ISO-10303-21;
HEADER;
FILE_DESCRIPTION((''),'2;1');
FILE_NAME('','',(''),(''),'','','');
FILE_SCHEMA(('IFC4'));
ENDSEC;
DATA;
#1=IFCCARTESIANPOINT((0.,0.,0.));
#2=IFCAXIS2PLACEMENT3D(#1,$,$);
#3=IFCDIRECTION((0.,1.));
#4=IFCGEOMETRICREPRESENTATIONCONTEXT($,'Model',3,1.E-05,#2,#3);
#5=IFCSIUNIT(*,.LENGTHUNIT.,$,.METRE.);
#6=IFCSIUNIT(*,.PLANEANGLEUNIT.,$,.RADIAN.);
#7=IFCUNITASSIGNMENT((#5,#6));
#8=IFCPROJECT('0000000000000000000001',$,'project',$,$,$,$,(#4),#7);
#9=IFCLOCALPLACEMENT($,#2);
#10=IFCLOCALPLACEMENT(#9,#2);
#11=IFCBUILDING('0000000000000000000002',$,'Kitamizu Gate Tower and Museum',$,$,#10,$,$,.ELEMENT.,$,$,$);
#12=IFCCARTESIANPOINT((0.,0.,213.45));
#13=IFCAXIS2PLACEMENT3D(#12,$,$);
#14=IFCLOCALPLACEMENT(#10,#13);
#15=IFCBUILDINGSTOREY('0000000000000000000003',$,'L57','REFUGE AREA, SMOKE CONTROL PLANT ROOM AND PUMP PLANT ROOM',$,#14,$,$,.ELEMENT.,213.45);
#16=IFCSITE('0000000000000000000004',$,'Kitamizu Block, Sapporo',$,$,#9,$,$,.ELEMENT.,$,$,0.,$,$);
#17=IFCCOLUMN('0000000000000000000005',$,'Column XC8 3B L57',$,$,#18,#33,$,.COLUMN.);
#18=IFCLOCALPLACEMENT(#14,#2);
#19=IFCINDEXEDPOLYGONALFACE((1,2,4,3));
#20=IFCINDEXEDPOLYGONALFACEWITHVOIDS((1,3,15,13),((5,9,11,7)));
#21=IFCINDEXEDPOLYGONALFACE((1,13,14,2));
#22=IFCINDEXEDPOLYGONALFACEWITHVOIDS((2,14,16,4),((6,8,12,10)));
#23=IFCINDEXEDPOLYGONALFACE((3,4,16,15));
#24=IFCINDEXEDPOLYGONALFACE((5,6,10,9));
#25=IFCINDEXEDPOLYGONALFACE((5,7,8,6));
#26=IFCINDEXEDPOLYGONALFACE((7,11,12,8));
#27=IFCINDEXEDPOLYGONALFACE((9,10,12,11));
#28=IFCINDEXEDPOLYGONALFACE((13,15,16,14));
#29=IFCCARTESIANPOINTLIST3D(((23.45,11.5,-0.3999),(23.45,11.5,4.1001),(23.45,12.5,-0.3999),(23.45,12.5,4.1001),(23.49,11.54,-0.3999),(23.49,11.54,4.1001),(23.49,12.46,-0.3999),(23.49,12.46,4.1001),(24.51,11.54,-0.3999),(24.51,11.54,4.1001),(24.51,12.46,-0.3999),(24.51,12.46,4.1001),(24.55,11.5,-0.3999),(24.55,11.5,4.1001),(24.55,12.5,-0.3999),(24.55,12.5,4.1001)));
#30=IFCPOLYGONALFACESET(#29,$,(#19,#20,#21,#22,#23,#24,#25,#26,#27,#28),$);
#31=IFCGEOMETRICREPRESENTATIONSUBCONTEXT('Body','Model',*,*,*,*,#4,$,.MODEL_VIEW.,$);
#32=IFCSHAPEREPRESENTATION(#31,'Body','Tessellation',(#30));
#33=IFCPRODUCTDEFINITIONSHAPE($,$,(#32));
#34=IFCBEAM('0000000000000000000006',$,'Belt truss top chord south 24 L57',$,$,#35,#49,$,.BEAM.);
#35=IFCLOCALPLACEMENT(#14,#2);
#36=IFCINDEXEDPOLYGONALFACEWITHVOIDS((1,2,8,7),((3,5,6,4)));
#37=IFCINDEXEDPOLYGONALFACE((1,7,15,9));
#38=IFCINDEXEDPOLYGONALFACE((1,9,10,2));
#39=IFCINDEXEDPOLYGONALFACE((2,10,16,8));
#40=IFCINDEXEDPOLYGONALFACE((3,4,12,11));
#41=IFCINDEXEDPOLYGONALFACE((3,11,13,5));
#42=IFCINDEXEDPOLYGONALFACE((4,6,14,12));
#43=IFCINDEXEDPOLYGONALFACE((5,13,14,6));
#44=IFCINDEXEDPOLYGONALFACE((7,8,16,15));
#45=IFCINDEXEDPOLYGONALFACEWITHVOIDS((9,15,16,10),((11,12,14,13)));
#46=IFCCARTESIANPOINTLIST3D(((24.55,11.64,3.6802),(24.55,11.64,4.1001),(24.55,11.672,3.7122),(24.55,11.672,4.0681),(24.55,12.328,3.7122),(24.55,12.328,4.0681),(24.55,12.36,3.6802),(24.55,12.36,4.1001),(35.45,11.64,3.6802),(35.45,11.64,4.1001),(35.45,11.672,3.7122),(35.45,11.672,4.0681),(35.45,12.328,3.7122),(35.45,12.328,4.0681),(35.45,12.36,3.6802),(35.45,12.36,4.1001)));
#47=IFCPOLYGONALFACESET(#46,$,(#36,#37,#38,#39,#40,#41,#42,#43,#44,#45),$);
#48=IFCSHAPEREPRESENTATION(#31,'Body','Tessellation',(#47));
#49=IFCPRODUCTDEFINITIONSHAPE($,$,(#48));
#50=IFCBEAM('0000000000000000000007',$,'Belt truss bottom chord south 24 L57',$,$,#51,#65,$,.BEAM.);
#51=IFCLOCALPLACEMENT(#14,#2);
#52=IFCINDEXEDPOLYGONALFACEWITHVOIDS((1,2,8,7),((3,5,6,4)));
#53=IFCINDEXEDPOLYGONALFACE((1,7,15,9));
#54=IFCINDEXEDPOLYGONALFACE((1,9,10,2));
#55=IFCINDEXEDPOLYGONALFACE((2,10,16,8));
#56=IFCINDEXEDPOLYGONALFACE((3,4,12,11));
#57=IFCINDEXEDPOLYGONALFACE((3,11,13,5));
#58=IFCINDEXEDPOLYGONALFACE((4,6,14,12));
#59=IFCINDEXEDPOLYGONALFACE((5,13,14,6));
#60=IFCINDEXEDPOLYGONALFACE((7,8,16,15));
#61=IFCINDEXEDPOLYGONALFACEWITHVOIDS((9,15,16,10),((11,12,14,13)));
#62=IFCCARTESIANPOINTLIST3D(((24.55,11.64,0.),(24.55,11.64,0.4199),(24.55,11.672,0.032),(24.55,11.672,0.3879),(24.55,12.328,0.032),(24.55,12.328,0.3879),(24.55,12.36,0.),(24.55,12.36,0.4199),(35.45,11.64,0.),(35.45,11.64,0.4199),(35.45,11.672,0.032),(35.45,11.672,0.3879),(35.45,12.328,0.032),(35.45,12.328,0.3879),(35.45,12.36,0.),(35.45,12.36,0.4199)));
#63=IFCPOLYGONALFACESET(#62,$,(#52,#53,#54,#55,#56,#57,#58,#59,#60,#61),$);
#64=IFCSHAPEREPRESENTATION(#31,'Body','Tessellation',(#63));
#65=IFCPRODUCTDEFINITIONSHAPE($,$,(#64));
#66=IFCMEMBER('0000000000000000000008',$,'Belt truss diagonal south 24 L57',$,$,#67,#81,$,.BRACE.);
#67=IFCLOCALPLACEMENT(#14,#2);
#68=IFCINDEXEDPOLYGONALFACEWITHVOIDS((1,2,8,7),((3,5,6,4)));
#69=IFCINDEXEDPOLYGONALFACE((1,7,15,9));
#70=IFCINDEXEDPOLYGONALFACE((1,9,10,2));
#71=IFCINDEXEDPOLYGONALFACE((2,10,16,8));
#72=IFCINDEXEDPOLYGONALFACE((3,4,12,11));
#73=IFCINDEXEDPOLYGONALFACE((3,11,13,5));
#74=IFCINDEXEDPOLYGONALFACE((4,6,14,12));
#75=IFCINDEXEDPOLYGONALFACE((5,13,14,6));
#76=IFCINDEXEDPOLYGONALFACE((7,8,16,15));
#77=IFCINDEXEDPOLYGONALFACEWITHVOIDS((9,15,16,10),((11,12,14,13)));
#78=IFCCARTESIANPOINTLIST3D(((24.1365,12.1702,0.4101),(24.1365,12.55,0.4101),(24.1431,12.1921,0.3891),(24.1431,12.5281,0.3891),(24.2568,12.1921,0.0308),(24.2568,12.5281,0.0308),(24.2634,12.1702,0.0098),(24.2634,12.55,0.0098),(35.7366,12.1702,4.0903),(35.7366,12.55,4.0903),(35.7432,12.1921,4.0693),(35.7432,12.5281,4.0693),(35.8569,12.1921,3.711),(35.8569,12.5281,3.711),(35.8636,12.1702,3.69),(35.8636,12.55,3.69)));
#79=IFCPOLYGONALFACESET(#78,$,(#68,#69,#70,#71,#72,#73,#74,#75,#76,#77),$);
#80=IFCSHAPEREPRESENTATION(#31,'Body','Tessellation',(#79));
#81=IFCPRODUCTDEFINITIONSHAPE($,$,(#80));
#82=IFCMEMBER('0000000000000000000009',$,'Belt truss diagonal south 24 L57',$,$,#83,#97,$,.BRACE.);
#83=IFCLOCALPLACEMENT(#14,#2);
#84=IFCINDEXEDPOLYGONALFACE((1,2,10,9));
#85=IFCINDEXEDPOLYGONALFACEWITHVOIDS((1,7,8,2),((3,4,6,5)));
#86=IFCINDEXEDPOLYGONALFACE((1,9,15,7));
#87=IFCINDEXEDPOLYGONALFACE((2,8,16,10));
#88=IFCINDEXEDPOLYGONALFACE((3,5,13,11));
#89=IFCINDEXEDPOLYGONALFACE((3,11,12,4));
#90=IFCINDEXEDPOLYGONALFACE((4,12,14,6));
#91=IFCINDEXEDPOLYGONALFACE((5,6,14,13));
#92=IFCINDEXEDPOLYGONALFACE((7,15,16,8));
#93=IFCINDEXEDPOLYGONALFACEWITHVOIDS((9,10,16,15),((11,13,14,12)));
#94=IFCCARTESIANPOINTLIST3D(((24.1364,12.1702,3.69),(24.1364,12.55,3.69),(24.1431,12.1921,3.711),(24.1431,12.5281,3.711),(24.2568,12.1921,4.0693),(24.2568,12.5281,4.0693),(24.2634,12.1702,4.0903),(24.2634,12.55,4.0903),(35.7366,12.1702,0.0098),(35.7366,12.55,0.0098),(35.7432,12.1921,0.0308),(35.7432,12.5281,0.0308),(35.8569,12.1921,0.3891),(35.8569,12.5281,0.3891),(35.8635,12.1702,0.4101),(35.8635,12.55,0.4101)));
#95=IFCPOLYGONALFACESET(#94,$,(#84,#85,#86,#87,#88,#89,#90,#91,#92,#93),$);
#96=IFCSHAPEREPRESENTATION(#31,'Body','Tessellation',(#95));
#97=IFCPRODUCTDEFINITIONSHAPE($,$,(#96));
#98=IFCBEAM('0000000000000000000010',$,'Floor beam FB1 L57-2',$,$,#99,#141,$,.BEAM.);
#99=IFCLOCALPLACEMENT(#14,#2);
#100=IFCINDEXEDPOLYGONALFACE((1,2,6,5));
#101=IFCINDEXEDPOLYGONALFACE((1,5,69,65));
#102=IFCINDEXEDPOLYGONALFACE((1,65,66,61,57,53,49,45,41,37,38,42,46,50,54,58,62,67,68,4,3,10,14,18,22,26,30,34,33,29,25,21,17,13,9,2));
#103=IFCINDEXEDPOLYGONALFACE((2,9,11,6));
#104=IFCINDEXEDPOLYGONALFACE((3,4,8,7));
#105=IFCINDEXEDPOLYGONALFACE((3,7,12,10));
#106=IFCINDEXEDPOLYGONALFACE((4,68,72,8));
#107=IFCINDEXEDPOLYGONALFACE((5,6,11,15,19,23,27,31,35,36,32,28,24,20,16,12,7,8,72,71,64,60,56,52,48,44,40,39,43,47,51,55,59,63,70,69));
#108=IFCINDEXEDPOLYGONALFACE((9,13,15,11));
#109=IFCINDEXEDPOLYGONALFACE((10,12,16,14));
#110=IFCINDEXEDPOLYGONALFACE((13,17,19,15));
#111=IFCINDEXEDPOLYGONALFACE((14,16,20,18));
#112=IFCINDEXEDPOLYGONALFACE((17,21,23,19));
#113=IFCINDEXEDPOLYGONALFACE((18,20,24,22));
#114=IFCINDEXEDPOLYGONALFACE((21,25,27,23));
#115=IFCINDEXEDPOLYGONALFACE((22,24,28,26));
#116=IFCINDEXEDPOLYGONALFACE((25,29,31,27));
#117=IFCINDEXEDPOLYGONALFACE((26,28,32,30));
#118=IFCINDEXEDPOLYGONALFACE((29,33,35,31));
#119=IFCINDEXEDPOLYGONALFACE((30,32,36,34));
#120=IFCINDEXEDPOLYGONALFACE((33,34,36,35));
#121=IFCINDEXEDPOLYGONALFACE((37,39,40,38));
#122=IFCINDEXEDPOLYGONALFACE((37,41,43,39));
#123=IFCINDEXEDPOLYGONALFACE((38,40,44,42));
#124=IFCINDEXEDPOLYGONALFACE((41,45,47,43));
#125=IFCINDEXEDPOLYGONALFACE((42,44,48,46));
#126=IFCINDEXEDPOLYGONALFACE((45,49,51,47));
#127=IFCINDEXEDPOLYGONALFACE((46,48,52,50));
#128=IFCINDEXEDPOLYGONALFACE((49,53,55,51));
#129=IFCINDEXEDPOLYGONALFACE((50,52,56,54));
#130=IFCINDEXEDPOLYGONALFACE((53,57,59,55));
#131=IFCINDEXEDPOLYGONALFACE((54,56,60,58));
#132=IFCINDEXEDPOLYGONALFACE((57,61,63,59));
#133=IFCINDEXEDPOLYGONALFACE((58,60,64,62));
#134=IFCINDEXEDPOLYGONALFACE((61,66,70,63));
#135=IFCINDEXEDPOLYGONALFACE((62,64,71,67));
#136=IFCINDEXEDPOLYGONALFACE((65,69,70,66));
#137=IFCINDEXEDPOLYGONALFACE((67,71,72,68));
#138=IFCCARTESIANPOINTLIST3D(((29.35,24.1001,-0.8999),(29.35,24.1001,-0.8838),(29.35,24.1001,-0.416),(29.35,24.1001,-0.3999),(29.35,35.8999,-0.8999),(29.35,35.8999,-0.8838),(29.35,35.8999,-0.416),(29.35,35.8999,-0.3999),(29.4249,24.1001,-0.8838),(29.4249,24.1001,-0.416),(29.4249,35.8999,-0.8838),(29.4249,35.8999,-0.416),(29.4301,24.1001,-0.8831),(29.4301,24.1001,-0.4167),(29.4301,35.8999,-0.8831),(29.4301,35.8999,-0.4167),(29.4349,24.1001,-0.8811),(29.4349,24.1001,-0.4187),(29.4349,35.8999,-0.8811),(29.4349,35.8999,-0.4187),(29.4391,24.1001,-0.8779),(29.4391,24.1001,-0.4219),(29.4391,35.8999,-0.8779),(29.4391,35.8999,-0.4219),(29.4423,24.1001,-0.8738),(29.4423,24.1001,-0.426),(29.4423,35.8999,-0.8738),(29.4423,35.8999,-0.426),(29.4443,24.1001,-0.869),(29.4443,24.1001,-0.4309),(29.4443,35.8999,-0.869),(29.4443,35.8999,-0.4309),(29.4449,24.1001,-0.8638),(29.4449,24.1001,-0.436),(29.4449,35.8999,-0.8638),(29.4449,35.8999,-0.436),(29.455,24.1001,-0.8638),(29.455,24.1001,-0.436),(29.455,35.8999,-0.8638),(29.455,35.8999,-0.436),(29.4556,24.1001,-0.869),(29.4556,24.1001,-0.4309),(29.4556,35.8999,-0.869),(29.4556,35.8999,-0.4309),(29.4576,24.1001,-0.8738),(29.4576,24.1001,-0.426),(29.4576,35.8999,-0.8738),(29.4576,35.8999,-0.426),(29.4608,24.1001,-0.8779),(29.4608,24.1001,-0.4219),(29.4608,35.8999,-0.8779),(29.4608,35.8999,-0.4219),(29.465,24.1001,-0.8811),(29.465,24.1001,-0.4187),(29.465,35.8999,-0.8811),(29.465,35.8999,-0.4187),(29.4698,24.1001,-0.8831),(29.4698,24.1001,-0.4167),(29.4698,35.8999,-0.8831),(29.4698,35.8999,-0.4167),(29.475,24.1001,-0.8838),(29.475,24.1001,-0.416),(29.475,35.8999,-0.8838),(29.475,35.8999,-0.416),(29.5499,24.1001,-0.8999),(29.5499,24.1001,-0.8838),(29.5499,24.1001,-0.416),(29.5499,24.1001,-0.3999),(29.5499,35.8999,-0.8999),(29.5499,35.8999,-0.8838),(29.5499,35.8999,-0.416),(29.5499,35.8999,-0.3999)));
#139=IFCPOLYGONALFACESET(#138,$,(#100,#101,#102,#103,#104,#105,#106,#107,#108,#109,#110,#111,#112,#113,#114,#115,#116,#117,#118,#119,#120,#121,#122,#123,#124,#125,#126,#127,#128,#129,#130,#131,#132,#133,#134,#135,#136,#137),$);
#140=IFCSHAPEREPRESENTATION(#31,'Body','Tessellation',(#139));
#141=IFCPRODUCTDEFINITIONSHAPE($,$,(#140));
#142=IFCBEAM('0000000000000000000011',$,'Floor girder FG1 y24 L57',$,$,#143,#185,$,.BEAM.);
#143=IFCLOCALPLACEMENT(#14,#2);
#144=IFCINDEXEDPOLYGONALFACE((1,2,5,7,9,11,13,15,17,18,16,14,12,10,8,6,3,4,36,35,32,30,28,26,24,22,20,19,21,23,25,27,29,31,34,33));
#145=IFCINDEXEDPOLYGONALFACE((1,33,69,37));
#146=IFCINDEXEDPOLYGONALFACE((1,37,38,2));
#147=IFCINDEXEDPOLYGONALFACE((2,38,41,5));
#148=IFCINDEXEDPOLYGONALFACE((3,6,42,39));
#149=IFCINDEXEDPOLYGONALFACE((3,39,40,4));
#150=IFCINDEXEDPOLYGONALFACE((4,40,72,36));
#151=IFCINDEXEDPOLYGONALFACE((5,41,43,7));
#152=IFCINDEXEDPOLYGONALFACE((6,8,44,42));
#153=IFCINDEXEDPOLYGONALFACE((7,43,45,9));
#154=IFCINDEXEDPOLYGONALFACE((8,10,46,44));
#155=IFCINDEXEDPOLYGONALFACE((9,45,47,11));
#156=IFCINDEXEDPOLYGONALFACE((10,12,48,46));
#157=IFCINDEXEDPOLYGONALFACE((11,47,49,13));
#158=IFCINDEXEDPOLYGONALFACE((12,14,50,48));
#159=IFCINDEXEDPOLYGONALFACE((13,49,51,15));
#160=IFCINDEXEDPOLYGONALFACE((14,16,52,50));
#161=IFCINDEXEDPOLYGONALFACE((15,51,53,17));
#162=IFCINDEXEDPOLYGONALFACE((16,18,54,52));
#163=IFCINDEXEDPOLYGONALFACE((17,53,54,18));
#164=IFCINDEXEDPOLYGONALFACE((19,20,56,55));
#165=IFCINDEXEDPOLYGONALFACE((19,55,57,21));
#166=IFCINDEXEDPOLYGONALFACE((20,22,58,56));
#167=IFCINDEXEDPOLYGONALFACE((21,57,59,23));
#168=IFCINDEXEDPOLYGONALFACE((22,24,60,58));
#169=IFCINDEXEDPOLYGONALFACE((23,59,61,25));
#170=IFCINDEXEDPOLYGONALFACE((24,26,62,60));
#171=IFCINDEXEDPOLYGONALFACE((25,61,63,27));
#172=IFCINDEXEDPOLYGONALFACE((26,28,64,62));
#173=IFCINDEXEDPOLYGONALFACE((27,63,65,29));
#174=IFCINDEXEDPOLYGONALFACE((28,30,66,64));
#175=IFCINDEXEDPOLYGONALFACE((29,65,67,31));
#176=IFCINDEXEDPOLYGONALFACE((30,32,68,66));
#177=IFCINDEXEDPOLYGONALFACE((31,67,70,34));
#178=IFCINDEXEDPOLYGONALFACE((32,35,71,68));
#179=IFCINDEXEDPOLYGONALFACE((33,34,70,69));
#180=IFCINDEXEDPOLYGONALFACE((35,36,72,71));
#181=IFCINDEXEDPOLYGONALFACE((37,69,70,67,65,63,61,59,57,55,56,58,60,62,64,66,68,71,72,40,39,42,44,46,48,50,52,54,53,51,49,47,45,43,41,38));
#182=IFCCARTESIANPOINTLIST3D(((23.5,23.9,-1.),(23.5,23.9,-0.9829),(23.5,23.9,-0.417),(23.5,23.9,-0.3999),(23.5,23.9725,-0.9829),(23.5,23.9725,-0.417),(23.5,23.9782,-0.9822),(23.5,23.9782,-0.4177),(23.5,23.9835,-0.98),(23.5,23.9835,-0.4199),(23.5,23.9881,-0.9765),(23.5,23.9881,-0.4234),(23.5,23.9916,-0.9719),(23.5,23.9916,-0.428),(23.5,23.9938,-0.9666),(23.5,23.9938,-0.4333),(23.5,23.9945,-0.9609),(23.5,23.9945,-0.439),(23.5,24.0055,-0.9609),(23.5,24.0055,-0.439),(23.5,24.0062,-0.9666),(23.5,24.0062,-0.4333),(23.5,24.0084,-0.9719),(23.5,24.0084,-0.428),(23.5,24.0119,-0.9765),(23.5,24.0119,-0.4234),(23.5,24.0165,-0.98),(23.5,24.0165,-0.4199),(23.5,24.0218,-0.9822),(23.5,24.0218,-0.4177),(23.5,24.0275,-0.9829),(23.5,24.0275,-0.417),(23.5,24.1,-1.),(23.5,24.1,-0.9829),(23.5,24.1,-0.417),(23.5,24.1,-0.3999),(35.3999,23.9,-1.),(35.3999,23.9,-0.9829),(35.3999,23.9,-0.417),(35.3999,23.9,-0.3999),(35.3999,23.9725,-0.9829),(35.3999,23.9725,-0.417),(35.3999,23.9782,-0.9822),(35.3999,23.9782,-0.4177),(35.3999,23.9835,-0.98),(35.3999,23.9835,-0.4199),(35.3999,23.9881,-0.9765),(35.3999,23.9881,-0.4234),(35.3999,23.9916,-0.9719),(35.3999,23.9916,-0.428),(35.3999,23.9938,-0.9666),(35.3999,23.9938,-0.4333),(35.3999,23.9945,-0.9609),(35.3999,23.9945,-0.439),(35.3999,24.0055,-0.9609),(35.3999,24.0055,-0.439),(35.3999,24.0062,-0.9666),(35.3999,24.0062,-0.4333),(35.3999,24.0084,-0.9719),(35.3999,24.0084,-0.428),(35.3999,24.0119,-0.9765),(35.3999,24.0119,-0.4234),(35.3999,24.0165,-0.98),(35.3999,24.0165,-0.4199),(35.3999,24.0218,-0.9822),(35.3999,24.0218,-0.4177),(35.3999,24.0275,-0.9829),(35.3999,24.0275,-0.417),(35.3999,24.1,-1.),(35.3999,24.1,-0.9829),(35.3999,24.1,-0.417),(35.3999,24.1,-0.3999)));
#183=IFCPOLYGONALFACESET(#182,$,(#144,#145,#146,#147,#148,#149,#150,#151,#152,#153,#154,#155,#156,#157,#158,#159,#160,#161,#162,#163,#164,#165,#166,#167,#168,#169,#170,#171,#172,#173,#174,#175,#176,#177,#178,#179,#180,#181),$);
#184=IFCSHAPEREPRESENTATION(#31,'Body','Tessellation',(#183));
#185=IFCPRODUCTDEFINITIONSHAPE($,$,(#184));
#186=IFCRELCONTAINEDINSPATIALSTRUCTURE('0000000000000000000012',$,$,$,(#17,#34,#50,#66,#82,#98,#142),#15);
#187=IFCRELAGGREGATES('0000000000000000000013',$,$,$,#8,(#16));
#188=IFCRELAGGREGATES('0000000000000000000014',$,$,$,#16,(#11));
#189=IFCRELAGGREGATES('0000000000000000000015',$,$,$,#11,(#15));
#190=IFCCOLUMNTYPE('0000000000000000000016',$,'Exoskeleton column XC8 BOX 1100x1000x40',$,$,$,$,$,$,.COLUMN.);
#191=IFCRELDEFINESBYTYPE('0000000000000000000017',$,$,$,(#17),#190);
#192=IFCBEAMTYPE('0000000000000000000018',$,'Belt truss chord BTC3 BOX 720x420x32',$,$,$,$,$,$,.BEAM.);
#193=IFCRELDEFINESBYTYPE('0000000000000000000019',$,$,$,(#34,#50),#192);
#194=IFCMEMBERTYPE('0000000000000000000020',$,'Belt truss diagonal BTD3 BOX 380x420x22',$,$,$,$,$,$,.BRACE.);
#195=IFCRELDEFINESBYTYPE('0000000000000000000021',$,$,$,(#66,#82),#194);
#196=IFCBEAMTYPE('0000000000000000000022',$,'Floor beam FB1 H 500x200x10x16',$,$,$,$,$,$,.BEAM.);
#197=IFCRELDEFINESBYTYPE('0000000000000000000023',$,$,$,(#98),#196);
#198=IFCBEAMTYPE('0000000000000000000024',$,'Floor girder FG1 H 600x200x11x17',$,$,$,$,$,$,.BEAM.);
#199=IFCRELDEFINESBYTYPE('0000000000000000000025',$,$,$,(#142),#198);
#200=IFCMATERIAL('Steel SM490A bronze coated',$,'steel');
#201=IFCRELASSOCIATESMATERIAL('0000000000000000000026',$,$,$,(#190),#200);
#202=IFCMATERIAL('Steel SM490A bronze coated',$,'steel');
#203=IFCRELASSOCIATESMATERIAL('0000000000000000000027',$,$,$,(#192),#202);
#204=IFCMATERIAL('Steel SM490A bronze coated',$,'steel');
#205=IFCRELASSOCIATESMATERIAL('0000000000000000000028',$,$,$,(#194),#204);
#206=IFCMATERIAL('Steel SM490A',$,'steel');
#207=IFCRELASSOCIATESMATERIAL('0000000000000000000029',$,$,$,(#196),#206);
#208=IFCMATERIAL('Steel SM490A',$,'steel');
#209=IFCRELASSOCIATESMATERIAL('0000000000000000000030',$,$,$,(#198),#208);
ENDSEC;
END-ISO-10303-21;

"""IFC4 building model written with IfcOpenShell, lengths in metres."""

from ifc_helpers import new_model, si_unit, direction, frame, origin, origin_2d, place, context, subcontext, project, spatial, hollow_rectangle, i_section, extrude, material, material_profile, profile_set, type_object, element, save


model = new_model("IFC4")

# Units and contexts
model_context = context("Model", 3, precision=1e-05, world=origin(), true_north=direction((0.0, 1.0)))
body_context = subcontext(model_context, "Body", "Model", "MODEL_VIEW")
ifc_project = project(units=[si_unit("LENGTHUNIT", "METRE"), si_unit("PLANEANGLEUNIT", "RADIAN")], contexts=[model_context])

# Site, building, storey
site_placement = place(None, origin())
site = spatial("IfcSite", under=ifc_project, at=site_placement, Name="Kitamizu Block, Sapporo", CompositionType="ELEMENT", RefElevation=0.0)
building_placement = place(site_placement, origin())
building = spatial("IfcBuilding", under=site, at=building_placement, Name="Kitamizu Gate Tower and Museum", CompositionType="ELEMENT")
storey_placement = place(building_placement, frame((0.0, 0.0, 213.45)))
storey = spatial("IfcBuildingStorey", under=building, at=storey_placement, Name="L57", Description="REFUGE AREA, SMOKE CONTROL PLANT ROOM AND PUMP PLANT ROOM", CompositionType="ELEMENT", Elevation=213.45)

# Column
ifc_material_1 = material(Name="Steel SM490A bronze coated", Category="steel")
ifc_material_profile_1 = material_profile(ifc_material_1, hollow_rectangle(XDim=1.1001, YDim=1.0, WallThickness=0.04, at=origin_2d()), Name="BOX 1100x1000x40")
ifc_profile_set_1 = profile_set([ifc_material_profile_1], Name="Steel SM490A bronze coated")
column_type = type_object("IfcColumnType", Name="Exoskeleton column XC8 BOX 1100x1000x40", PredefinedType="COLUMN", material=ifc_profile_set_1)
column_placement = place(storey_placement, frame((24.0, 12.0, -0.3999), z_axis=(0.0, 0.0, 1.0), x_axis=(1.0, 0.0, 0.0)))
element("IfcColumn", 1, at=column_placement, inside=storey, type_object=column_type, Name="Column XC8 3B L57", PredefinedType="COLUMN", context=body_context, shape_type="SweptSolid", body=[
    extrude(hollow_rectangle(XDim=1.1001, YDim=1.0, WallThickness=0.04, at=origin_2d()), origin(), (0.0, 0.0, 1.0), 4.5),
])

# Beams
ifc_material_2 = material(Name="Steel SM490A bronze coated", Category="steel")
ifc_material_profile_2 = material_profile(ifc_material_2, hollow_rectangle(XDim=0.72, YDim=0.4199, WallThickness=0.032, at=origin_2d()), Name="BOX 720x420x32")
ifc_profile_set_2 = profile_set([ifc_material_profile_2], Name="Steel SM490A bronze coated")
beam_type_1 = type_object("IfcBeamType", Name="Belt truss chord BTC3 BOX 720x420x32", PredefinedType="BEAM", material=ifc_profile_set_2)
for number, where, z_axis, x_axis, name in (
    (2, (24.55, 12.0, 3.8901), (1.0, 0.0, 0.0), (0.0, 1.0, 0.0), "Belt truss top chord south 24 L57"),
    (3, (24.55, 12.0, 0.21), (1.0, 0.0, 0.0), (0.0, 1.0, 0.0), "Belt truss bottom chord south 24 L57"),
):
    element("IfcBeam", number, at=place(storey_placement, frame(where, z_axis=z_axis, x_axis=x_axis)), inside=storey, type_object=beam_type_1, Name=name, PredefinedType="BEAM", context=body_context, shape_type="SweptSolid", body=[
        extrude(hollow_rectangle(XDim=0.72, YDim=0.4199, WallThickness=0.032, at=origin_2d()), origin(), (0.0, 0.0, 1.0), 10.8999),
    ])

# Members
ifc_material_3 = material(Name="Steel SM490A bronze coated", Category="steel")
ifc_material_profile_3 = material_profile(ifc_material_3, hollow_rectangle(XDim=0.3799, YDim=0.4199, WallThickness=0.022, at=origin_2d()), Name="BOX 380x420x22")
ifc_profile_set_3 = profile_set([ifc_material_profile_3], Name="Steel SM490A bronze coated")
member_type = type_object("IfcMemberType", Name="Belt truss diagonal BTD3 BOX 380x420x22", PredefinedType="BRACE", material=ifc_profile_set_3)
for number, where, z_axis, x_axis, name in (
    (4, (24.2, 12.3601, 0.21), (0.953181, 0.0, 0.3024), (0.0, 1.0, 0.0), "Belt truss diagonal south 24 L57"),
    (5, (35.8, 12.3601, 0.21), (-0.953181, 0.0, 0.3024), (0.0, -1.0, 0.0), "Belt truss diagonal south 24 L57"),
):
    element("IfcMember", number, at=place(storey_placement, frame(where, z_axis=z_axis, x_axis=x_axis)), inside=storey, type_object=member_type, Name=name, PredefinedType="BRACE", context=body_context, shape_type="SweptSolid", body=[
        extrude(hollow_rectangle(XDim=0.3799, YDim=0.4199, WallThickness=0.022, at=origin_2d()), origin(), (0.0, 0.0, 1.0), 12.1699),
    ])

# Beams
ifc_material_4 = material(Name="Steel SM490A", Category="steel")
ifc_material_profile_4 = material_profile(ifc_material_4, i_section(OverallWidth=0.2, OverallDepth=0.5, WebThickness=0.01, FlangeThickness=0.0161, FilletRadius=0.02, at=origin_2d()), Name="H-500x200x10x16")
ifc_profile_set_4 = profile_set([ifc_material_profile_4], Name="Steel SM490A")
beam_type_2 = type_object("IfcBeamType", Name="Floor beam FB1 H 500x200x10x16", PredefinedType="BEAM", material=ifc_profile_set_4)
beam_1_placement = place(storey_placement, frame((29.45, 24.1001, -0.6499), z_axis=(0.0, 1.0, 0.0), x_axis=(-1.0, 0.0, 0.0)))
element("IfcBeam", 6, at=beam_1_placement, inside=storey, type_object=beam_type_2, Name="Floor beam FB1 L57-2", PredefinedType="BEAM", context=body_context, shape_type="SweptSolid", body=[
    extrude(i_section(OverallWidth=0.2, OverallDepth=0.5, WebThickness=0.01, FlangeThickness=0.0161, FilletRadius=0.02, at=origin_2d()), origin(), (0.0, 0.0, 1.0), 11.7998),
])
ifc_material_5 = material(Name="Steel SM490A", Category="steel")
ifc_material_profile_5 = material_profile(ifc_material_5, i_section(OverallWidth=0.2, OverallDepth=0.6001, WebThickness=0.011, FlangeThickness=0.0171, FilletRadius=0.022, at=origin_2d()), Name="H-600x200x11x17")
ifc_profile_set_5 = profile_set([ifc_material_profile_5], Name="Steel SM490A")
beam_type_3 = type_object("IfcBeamType", Name="Floor girder FG1 H 600x200x11x17", PredefinedType="BEAM", material=ifc_profile_set_5)
beam_2_placement = place(storey_placement, frame((23.5, 24.0, -0.7), z_axis=(1.0, 0.0, 0.0), x_axis=(0.0, 1.0, 0.0)))
element("IfcBeam", 7, at=beam_2_placement, inside=storey, type_object=beam_type_3, Name="Floor girder FG1 y24 L57", PredefinedType="BEAM", context=body_context, shape_type="SweptSolid", body=[
    extrude(i_section(OverallWidth=0.2, OverallDepth=0.6001, WebThickness=0.011, FlangeThickness=0.0171, FilletRadius=0.022, at=origin_2d()), origin(), (0.0, 0.0, 1.0), 11.8999),
])

save(model, "model.ifc")
